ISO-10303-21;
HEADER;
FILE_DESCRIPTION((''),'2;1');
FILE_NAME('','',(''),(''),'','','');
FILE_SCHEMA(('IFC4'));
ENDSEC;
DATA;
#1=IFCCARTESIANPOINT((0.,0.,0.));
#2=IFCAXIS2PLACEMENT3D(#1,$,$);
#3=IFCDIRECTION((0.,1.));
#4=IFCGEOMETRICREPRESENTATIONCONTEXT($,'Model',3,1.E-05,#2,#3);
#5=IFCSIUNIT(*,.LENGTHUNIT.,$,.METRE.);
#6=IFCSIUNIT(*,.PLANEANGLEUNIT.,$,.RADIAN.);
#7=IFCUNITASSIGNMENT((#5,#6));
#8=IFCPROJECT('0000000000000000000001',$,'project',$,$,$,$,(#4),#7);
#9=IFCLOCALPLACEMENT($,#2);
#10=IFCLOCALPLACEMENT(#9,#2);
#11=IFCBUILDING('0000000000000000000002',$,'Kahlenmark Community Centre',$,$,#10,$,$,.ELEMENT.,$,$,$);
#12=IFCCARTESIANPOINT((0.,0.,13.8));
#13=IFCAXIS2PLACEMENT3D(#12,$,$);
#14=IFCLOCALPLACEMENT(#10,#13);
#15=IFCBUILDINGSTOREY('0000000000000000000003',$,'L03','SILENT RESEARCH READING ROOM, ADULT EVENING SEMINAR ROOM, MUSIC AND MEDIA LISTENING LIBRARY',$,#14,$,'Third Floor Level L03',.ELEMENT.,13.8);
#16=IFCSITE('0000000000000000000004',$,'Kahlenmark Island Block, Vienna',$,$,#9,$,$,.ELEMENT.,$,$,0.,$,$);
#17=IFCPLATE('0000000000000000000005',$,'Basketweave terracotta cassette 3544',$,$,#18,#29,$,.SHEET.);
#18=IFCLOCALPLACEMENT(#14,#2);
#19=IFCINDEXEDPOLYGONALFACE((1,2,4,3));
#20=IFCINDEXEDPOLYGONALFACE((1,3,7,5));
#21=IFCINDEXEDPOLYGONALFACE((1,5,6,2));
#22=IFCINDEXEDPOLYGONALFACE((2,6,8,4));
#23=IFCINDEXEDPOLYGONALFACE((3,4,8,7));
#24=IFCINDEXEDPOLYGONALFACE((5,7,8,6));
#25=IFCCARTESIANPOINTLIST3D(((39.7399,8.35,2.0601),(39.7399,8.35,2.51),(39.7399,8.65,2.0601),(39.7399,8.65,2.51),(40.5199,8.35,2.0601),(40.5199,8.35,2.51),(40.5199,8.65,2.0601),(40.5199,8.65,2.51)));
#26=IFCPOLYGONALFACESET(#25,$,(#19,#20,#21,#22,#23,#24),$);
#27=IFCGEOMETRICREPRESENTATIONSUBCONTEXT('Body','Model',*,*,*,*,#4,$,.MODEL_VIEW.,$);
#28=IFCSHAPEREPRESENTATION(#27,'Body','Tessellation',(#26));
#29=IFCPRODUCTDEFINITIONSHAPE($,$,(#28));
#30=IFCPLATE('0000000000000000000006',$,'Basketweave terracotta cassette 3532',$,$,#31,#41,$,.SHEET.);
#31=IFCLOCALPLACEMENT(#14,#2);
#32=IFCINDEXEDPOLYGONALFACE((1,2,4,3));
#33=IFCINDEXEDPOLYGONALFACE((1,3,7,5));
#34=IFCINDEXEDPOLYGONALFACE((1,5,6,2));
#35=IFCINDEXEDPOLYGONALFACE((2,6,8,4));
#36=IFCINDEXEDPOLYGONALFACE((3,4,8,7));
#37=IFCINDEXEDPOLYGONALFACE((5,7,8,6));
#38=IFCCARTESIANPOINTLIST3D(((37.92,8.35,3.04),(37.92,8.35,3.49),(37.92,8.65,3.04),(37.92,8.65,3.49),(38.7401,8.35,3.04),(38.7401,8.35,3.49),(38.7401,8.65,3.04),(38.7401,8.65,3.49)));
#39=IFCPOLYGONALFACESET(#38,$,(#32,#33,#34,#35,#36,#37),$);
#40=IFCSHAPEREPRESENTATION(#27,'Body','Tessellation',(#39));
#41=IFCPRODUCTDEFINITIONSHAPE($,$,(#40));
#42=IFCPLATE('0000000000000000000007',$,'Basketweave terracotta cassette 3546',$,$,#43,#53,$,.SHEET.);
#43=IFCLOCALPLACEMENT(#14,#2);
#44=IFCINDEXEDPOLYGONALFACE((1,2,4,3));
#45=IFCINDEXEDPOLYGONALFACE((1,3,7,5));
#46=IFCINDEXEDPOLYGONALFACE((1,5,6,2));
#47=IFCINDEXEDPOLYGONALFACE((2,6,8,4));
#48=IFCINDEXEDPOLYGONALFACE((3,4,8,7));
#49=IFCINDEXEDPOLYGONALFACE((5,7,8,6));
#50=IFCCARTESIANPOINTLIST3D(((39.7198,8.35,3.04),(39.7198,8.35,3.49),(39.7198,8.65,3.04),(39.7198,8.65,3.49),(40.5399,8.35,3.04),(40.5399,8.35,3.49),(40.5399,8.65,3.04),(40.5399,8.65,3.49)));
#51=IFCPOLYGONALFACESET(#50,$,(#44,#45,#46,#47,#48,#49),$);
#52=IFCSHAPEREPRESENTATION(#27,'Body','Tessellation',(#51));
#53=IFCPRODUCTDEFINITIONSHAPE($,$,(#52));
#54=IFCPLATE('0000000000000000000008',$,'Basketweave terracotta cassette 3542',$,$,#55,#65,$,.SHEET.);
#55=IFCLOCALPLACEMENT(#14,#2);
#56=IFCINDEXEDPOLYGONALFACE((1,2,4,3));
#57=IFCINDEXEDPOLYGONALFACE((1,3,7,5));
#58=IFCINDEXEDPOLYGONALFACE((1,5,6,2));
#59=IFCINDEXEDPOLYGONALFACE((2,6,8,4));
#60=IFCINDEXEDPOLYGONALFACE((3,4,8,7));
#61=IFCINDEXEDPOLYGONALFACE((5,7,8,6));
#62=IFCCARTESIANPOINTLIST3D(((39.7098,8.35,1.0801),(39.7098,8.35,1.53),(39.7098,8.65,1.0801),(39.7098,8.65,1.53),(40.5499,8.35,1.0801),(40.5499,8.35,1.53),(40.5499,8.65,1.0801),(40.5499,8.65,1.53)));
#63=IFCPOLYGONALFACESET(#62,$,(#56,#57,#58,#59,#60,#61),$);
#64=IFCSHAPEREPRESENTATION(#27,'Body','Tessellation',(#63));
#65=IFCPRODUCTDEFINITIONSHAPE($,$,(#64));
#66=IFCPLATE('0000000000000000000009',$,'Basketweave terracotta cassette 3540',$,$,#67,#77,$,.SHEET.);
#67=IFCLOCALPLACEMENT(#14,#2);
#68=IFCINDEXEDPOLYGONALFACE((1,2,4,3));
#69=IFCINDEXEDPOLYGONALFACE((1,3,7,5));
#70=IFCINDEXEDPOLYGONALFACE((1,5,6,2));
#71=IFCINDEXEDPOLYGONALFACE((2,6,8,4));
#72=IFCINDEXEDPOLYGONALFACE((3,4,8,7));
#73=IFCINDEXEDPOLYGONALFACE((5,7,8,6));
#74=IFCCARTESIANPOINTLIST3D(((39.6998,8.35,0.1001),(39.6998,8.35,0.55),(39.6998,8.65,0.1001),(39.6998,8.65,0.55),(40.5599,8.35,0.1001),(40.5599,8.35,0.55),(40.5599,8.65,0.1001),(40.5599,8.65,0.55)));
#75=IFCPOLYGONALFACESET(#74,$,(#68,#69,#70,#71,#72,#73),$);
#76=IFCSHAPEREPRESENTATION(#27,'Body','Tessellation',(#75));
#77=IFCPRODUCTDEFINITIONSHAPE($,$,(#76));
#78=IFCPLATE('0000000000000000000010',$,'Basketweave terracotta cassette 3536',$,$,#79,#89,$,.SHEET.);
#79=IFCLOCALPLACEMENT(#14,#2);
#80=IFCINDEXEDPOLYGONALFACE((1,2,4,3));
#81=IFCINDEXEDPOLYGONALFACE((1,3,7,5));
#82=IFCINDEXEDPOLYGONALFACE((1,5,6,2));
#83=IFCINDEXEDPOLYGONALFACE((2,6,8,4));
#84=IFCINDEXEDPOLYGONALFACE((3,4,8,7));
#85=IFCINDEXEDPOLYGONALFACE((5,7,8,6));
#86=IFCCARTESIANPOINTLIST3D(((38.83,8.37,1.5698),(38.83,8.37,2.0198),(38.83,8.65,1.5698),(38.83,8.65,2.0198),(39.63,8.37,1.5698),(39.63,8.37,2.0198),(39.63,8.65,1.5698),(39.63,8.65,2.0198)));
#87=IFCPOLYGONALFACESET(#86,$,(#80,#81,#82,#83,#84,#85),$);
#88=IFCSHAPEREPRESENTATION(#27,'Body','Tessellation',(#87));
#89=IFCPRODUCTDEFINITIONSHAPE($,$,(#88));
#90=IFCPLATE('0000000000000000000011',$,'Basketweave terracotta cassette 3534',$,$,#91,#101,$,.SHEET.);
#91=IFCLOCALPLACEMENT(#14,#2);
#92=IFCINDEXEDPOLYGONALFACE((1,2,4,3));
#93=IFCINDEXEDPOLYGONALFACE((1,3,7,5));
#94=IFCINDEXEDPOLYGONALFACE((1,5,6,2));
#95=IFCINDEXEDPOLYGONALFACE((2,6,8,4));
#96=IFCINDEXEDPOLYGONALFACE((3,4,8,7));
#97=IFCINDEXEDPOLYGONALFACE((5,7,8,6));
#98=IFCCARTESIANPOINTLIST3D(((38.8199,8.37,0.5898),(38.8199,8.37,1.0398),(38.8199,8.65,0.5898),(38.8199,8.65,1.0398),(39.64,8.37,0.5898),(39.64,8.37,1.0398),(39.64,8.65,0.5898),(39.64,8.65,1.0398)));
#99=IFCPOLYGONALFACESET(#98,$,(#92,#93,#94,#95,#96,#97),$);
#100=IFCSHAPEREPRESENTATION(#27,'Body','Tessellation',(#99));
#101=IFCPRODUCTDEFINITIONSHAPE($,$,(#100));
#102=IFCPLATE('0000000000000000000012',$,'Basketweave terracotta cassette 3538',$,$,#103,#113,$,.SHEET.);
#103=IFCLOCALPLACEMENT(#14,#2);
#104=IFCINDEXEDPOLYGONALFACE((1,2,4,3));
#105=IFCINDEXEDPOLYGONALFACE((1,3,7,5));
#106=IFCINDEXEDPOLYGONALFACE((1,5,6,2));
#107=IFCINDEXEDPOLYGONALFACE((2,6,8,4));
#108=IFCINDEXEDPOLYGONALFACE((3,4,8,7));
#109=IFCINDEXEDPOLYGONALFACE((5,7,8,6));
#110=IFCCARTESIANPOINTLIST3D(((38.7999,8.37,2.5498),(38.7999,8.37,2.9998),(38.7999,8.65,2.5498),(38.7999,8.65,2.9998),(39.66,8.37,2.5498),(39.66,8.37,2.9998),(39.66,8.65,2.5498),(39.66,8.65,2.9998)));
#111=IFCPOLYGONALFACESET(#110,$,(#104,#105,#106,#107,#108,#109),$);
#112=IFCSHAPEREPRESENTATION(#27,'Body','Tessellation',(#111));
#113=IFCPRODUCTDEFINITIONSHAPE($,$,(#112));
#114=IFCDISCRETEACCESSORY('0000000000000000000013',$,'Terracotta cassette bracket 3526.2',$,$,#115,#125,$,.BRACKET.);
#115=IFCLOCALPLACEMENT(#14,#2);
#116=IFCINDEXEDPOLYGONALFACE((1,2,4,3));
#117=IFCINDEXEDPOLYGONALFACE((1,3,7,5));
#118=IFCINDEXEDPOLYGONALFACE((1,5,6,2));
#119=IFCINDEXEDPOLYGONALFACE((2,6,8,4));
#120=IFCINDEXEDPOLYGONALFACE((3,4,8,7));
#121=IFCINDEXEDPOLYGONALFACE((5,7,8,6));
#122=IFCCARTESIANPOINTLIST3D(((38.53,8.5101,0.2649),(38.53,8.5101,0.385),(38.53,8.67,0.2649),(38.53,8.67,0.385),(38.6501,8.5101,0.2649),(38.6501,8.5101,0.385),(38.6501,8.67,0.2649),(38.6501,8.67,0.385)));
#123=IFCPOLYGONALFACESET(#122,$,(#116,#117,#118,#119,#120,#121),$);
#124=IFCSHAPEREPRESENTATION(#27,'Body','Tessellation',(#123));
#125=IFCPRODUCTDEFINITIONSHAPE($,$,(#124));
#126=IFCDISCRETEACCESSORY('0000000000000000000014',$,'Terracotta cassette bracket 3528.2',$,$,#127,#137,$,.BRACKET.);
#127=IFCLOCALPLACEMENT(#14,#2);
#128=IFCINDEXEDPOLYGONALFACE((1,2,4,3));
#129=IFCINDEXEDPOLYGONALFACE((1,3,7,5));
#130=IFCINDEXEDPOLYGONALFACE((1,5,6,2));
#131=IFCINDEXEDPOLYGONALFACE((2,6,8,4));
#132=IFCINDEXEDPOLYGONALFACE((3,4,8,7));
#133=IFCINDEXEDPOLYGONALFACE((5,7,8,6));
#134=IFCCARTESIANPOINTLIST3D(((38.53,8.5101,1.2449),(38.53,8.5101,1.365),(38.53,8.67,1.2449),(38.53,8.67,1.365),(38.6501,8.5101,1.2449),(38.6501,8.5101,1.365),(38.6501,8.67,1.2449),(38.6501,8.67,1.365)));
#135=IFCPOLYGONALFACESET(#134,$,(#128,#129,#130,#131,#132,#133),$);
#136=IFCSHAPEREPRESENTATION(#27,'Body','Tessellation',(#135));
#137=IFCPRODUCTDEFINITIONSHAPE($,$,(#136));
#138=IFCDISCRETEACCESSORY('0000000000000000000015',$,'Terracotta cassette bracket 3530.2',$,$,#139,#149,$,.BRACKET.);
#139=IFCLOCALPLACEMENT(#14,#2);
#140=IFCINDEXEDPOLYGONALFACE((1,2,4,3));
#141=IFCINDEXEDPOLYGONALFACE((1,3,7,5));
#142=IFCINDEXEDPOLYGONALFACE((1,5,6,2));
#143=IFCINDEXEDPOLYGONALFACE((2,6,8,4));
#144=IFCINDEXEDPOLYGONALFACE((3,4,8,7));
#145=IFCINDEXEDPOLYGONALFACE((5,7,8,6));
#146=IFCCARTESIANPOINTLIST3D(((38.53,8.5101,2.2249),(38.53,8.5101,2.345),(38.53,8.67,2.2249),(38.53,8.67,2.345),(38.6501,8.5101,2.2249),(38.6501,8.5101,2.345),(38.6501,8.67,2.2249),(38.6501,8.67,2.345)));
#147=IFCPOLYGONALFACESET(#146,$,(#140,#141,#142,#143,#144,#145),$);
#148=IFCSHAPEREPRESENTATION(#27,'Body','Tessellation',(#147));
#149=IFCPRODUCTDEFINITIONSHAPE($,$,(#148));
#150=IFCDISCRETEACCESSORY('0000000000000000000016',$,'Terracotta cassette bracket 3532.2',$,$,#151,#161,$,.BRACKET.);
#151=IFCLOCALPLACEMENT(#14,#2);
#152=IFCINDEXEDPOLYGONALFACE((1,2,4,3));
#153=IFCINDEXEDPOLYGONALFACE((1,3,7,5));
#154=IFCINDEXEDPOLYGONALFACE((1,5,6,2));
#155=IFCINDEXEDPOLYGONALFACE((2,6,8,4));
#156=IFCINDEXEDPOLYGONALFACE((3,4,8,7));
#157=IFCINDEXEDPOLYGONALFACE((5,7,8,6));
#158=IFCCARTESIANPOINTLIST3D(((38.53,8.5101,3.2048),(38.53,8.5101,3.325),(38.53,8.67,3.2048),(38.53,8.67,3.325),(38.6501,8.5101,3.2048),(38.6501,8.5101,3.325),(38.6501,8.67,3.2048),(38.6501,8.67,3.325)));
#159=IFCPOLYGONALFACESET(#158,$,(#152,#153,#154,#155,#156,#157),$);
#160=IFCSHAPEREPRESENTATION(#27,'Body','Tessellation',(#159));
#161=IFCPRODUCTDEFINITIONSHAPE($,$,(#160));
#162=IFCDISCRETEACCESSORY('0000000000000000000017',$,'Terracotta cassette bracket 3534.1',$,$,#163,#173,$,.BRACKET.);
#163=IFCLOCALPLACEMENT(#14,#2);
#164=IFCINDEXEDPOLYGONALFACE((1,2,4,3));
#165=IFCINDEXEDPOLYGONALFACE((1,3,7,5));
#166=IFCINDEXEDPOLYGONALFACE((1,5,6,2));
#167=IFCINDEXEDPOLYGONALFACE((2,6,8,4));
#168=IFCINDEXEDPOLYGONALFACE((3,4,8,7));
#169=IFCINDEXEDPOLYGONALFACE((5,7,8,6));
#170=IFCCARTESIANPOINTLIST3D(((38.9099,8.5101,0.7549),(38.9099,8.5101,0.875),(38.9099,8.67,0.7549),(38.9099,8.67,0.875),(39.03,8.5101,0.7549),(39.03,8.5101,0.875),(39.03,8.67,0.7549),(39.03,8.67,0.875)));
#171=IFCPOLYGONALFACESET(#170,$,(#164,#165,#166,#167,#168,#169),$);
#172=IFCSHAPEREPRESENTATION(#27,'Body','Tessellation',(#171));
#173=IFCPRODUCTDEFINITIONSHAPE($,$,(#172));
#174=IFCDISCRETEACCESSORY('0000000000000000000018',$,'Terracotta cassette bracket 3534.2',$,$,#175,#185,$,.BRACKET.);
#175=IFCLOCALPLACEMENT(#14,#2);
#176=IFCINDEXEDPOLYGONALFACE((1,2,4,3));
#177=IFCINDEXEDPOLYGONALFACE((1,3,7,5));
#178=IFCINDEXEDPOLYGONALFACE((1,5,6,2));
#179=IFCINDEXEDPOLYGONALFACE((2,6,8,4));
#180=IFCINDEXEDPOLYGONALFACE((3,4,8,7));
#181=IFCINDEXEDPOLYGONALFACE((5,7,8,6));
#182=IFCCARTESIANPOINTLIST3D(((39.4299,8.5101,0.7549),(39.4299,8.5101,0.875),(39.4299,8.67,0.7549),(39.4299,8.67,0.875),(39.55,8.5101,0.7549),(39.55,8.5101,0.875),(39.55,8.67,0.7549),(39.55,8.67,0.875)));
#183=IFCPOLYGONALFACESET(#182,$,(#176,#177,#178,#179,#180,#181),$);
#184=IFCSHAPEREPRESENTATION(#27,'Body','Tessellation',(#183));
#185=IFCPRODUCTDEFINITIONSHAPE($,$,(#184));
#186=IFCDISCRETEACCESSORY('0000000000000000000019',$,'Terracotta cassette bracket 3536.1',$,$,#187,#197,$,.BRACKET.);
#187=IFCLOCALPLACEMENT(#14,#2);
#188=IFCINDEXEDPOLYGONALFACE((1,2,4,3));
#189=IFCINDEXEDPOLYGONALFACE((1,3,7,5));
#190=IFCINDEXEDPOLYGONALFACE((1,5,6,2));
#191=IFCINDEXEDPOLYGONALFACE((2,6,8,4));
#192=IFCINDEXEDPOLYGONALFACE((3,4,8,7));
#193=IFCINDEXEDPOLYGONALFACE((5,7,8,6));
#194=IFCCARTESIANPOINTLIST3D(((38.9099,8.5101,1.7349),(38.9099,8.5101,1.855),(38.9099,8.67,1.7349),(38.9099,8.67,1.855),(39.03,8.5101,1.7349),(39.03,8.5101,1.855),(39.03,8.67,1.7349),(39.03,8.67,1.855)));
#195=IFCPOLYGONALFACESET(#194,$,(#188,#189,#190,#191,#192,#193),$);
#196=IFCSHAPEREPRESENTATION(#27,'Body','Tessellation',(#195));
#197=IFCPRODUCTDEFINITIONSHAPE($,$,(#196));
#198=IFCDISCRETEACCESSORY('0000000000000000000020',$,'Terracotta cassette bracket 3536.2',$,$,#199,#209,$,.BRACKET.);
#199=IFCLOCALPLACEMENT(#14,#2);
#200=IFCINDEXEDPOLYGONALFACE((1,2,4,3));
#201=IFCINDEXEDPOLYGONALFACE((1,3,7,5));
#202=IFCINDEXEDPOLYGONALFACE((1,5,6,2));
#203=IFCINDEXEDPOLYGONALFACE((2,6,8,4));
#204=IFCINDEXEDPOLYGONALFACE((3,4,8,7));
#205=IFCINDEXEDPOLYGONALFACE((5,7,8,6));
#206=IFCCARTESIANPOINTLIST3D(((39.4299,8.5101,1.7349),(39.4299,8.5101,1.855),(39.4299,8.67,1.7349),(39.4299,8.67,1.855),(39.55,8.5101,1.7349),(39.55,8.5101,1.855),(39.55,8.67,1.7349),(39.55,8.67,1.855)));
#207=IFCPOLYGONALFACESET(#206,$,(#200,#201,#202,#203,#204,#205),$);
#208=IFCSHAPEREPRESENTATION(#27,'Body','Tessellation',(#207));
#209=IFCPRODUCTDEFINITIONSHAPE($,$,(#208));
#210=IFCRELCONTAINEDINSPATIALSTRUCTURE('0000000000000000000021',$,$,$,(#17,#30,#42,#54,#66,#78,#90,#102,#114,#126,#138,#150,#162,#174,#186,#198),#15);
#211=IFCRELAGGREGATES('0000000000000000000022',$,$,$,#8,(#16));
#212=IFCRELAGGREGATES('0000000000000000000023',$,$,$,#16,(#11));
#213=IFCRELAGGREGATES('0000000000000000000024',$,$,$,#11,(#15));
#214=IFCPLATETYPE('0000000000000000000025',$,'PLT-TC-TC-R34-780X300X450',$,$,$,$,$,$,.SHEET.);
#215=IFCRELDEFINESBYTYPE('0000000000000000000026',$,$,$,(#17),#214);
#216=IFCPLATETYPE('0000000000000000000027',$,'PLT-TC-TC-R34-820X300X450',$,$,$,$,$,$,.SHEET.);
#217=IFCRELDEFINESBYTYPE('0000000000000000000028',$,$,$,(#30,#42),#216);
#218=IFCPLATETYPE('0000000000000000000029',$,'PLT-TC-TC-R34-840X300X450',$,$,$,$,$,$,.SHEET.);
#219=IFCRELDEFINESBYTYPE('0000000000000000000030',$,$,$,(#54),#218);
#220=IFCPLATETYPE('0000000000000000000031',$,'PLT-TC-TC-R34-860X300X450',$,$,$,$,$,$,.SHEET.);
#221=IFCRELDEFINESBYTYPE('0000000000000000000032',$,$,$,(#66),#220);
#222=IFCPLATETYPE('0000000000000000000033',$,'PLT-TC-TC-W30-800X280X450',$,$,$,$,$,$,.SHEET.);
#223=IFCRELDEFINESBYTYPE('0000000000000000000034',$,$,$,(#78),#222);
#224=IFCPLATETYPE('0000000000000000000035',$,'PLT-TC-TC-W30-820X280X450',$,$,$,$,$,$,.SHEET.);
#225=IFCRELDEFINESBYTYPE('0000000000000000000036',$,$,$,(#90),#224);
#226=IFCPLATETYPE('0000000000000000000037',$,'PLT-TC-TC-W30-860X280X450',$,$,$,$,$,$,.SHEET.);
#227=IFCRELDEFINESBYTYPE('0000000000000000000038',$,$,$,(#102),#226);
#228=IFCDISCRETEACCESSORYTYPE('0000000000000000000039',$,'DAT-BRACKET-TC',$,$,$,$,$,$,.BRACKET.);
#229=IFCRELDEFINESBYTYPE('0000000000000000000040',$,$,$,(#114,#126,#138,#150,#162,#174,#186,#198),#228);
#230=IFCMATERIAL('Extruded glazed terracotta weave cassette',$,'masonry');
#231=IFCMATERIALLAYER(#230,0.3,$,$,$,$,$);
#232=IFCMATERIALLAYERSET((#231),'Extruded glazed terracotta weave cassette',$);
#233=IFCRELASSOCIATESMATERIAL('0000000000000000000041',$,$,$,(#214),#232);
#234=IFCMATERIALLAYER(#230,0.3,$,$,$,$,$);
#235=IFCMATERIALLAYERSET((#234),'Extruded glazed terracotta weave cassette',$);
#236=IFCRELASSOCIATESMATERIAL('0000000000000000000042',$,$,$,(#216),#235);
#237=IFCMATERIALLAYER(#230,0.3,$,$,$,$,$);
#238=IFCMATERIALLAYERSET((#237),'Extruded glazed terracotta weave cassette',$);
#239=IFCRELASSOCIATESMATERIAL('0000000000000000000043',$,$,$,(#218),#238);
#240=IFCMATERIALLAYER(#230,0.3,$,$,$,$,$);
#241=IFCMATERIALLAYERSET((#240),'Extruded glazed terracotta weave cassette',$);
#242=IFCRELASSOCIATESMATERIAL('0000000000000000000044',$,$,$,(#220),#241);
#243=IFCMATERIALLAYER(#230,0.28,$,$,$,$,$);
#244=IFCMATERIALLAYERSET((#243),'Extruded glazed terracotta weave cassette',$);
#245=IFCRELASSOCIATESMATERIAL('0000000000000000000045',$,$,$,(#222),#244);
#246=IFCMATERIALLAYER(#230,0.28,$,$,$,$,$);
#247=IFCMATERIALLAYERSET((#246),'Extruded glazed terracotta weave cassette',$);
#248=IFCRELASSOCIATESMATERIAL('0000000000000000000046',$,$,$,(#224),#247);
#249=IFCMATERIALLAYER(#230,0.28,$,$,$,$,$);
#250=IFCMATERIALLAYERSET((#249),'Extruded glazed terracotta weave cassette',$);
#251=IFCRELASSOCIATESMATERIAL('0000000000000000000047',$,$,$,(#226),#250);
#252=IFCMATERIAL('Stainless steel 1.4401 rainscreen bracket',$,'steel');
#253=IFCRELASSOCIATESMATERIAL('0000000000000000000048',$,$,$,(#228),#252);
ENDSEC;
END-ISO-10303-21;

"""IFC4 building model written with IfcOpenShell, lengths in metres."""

from ifc_helpers import new_model, si_unit, direction, frame, origin, origin_2d, place, context, subcontext, project, spatial, rectangle, extrude, material, layer, layer_set, type_object, element, save


model = new_model("IFC4")

# Units and contexts
model_context = context("Model", 3, precision=1e-05, world=origin(), true_north=direction((0.0, 1.0)))
body_context = subcontext(model_context, "Body", "Model", "MODEL_VIEW")
ifc_project = project(units=[si_unit("LENGTHUNIT", "METRE"), si_unit("PLANEANGLEUNIT", "RADIAN")], contexts=[model_context])

# Site, building, storey
site_placement = place(None, origin())
site = spatial("IfcSite", under=ifc_project, at=site_placement, Name="Kahlenmark Island Block, Vienna", CompositionType="ELEMENT", RefElevation=0.0)
building_placement = place(site_placement, origin())
building = spatial("IfcBuilding", under=site, at=building_placement, Name="Kahlenmark Community Centre", CompositionType="ELEMENT")
storey_placement = place(building_placement, frame((0.0, 0.0, 13.8)))
storey = spatial("IfcBuildingStorey", under=building, at=storey_placement, Name="L03", Description="SILENT RESEARCH READING ROOM, ADULT EVENING SEMINAR ROOM, MUSIC AND MEDIA LISTENING LIBRARY", LongName="Third Floor Level L03", CompositionType="ELEMENT", Elevation=13.8)

# Plates
ifc_material_1 = material(Name="Extruded glazed terracotta weave cassette", Category="masonry")
ifc_layer_1 = layer(ifc_material_1, 0.3)
ifc_layer_set_1 = layer_set([ifc_layer_1], Name="Extruded glazed terracotta weave cassette")
plate_type_1 = type_object("IfcPlateType", Name="PLT-TC-TC-R34-780X300X450", PredefinedType="SHEET", material=ifc_layer_set_1)
plate_1_placement = place(storey_placement, frame((40.1299, 8.5, 2.0601), z_axis=(0.0, 0.0, 1.0), x_axis=(1.0, 0.0, 0.0)))
element("IfcPlate", 1, at=plate_1_placement, inside=storey, type_object=plate_type_1, Name="Basketweave terracotta cassette 3544", PredefinedType="SHEET", context=body_context, shape_type="SweptSolid", body=[
    extrude(rectangle(XDim=0.78, YDim=0.3, at=origin_2d()), origin(), (0.0, 0.0, 1.0), 0.45),
])
ifc_layer_2 = layer(ifc_material_1, 0.3)
ifc_layer_set_2 = layer_set([ifc_layer_2], Name="Extruded glazed terracotta weave cassette")
plate_type_2 = type_object("IfcPlateType", Name="PLT-TC-TC-R34-820X300X450", PredefinedType="SHEET", material=ifc_layer_set_2)
for number, where, z_axis, x_axis, name in (
    (2, (38.3301, 8.5, 3.04), (0.0, 0.0, 1.0), (1.0, 0.0, 0.0), "Basketweave terracotta cassette 3532"),
    (3, (40.1299, 8.5, 3.04), (0.0, 0.0, 1.0), (1.0, 0.0, 0.0), "Basketweave terracotta cassette 3546"),
):
    element("IfcPlate", number, at=place(storey_placement, frame(where, z_axis=z_axis, x_axis=x_axis)), inside=storey, type_object=plate_type_2, Name=name, PredefinedType="SHEET", context=body_context, shape_type="SweptSolid", body=[
        extrude(rectangle(XDim=0.8201, YDim=0.3, at=origin_2d()), origin(), (0.0, 0.0, 1.0), 0.45),
    ])
ifc_layer_3 = layer(ifc_material_1, 0.3)
ifc_layer_set_3 = layer_set([ifc_layer_3], Name="Extruded glazed terracotta weave cassette")
plate_type_3 = type_object("IfcPlateType", Name="PLT-TC-TC-R34-840X300X450", PredefinedType="SHEET", material=ifc_layer_set_3)
plate_2_placement = place(storey_placement, frame((40.1299, 8.5, 1.0801), z_axis=(0.0, 0.0, 1.0), x_axis=(1.0, 0.0, 0.0)))
element("IfcPlate", 4, at=plate_2_placement, inside=storey, type_object=plate_type_3, Name="Basketweave terracotta cassette 3542", PredefinedType="SHEET", context=body_context, shape_type="SweptSolid", body=[
    extrude(rectangle(XDim=0.8401, YDim=0.3, at=origin_2d()), origin(), (0.0, 0.0, 1.0), 0.45),
])
ifc_layer_4 = layer(ifc_material_1, 0.3)
ifc_layer_set_4 = layer_set([ifc_layer_4], Name="Extruded glazed terracotta weave cassette")
plate_type_4 = type_object("IfcPlateType", Name="PLT-TC-TC-R34-860X300X450", PredefinedType="SHEET", material=ifc_layer_set_4)
plate_3_placement = place(storey_placement, frame((40.1299, 8.5, 0.1001), z_axis=(0.0, 0.0, 1.0), x_axis=(1.0, 0.0, 0.0)))
element("IfcPlate", 5, at=plate_3_placement, inside=storey, type_object=plate_type_4, Name="Basketweave terracotta cassette 3540", PredefinedType="SHEET", context=body_context, shape_type="SweptSolid", body=[
    extrude(rectangle(XDim=0.8601, YDim=0.3, at=origin_2d()), origin(), (0.0, 0.0, 1.0), 0.45),
])
ifc_layer_5 = layer(ifc_material_1, 0.28)
ifc_layer_set_5 = layer_set([ifc_layer_5], Name="Extruded glazed terracotta weave cassette")
plate_type_5 = type_object("IfcPlateType", Name="PLT-TC-TC-W30-800X280X450", PredefinedType="SHEET", material=ifc_layer_set_5)
plate_4_placement = place(storey_placement, frame((39.23, 8.51, 1.5698), z_axis=(0.0, 0.0, 1.0), x_axis=(1.0, 0.0, 0.0)))
element("IfcPlate", 6, at=plate_4_placement, inside=storey, type_object=plate_type_5, Name="Basketweave terracotta cassette 3536", PredefinedType="SHEET", context=body_context, shape_type="SweptSolid", body=[
    extrude(rectangle(XDim=0.8, YDim=0.28, at=origin_2d()), origin(), (0.0, 0.0, 1.0), 0.45),
])
ifc_layer_6 = layer(ifc_material_1, 0.28)
ifc_layer_set_6 = layer_set([ifc_layer_6], Name="Extruded glazed terracotta weave cassette")
plate_type_6 = type_object("IfcPlateType", Name="PLT-TC-TC-W30-820X280X450", PredefinedType="SHEET", material=ifc_layer_set_6)
plate_5_placement = place(storey_placement, frame((39.23, 8.51, 0.5898), z_axis=(0.0, 0.0, 1.0), x_axis=(1.0, 0.0, 0.0)))
element("IfcPlate", 7, at=plate_5_placement, inside=storey, type_object=plate_type_6, Name="Basketweave terracotta cassette 3534", PredefinedType="SHEET", context=body_context, shape_type="SweptSolid", body=[
    extrude(rectangle(XDim=0.8201, YDim=0.28, at=origin_2d()), origin(), (0.0, 0.0, 1.0), 0.45),
])
ifc_layer_7 = layer(ifc_material_1, 0.28)
ifc_layer_set_7 = layer_set([ifc_layer_7], Name="Extruded glazed terracotta weave cassette")
plate_type_7 = type_object("IfcPlateType", Name="PLT-TC-TC-W30-860X280X450", PredefinedType="SHEET", material=ifc_layer_set_7)
plate_6_placement = place(storey_placement, frame((39.23, 8.51, 2.5498), z_axis=(0.0, 0.0, 1.0), x_axis=(1.0, 0.0, 0.0)))
element("IfcPlate", 8, at=plate_6_placement, inside=storey, type_object=plate_type_7, Name="Basketweave terracotta cassette 3538", PredefinedType="SHEET", context=body_context, shape_type="SweptSolid", body=[
    extrude(rectangle(XDim=0.8601, YDim=0.28, at=origin_2d()), origin(), (0.0, 0.0, 1.0), 0.45),
])

# Discrete accessories
ifc_material_2 = material(Name="Stainless steel 1.4401 rainscreen bracket", Category="steel")
discrete_accessory_type = type_object("IfcDiscreteAccessoryType", Name="DAT-BRACKET-TC", PredefinedType="BRACKET", material=ifc_material_2)
for number, where, z_axis, x_axis, name in (
    (9, (38.5901, 8.5901, 0.2649), (0.0, 0.0, 1.0), (1.0, 0.0, 0.0), "Terracotta cassette bracket 3526.2"),
    (10, (38.5901, 8.5901, 1.2449), (0.0, 0.0, 1.0), (1.0, 0.0, 0.0), "Terracotta cassette bracket 3528.2"),
    (11, (38.5901, 8.5901, 2.2249), (0.0, 0.0, 1.0), (1.0, 0.0, 0.0), "Terracotta cassette bracket 3530.2"),
    (12, (38.5901, 8.5901, 3.2048), (0.0, 0.0, 1.0), (1.0, 0.0, 0.0), "Terracotta cassette bracket 3532.2"),
    (13, (38.97, 8.5901, 0.7549), (0.0, 0.0, 1.0), (1.0, 0.0, 0.0), "Terracotta cassette bracket 3534.1"),
    (14, (39.49, 8.5901, 0.7549), (0.0, 0.0, 1.0), (1.0, 0.0, 0.0), "Terracotta cassette bracket 3534.2"),
    (15, (38.97, 8.5901, 1.7349), (0.0, 0.0, 1.0), (1.0, 0.0, 0.0), "Terracotta cassette bracket 3536.1"),
    (16, (39.49, 8.5901, 1.7349), (0.0, 0.0, 1.0), (1.0, 0.0, 0.0), "Terracotta cassette bracket 3536.2"),
):
    element("IfcDiscreteAccessory", number, at=place(storey_placement, frame(where, z_axis=z_axis, x_axis=x_axis)), inside=storey, type_object=discrete_accessory_type, Name=name, PredefinedType="BRACKET", context=body_context, shape_type="SweptSolid", body=[
        extrude(rectangle(XDim=0.1201, YDim=0.1599, at=origin_2d()), origin(), (0.0, 0.0, 1.0), 0.1201),
    ])

save(model, "model.ifc")
